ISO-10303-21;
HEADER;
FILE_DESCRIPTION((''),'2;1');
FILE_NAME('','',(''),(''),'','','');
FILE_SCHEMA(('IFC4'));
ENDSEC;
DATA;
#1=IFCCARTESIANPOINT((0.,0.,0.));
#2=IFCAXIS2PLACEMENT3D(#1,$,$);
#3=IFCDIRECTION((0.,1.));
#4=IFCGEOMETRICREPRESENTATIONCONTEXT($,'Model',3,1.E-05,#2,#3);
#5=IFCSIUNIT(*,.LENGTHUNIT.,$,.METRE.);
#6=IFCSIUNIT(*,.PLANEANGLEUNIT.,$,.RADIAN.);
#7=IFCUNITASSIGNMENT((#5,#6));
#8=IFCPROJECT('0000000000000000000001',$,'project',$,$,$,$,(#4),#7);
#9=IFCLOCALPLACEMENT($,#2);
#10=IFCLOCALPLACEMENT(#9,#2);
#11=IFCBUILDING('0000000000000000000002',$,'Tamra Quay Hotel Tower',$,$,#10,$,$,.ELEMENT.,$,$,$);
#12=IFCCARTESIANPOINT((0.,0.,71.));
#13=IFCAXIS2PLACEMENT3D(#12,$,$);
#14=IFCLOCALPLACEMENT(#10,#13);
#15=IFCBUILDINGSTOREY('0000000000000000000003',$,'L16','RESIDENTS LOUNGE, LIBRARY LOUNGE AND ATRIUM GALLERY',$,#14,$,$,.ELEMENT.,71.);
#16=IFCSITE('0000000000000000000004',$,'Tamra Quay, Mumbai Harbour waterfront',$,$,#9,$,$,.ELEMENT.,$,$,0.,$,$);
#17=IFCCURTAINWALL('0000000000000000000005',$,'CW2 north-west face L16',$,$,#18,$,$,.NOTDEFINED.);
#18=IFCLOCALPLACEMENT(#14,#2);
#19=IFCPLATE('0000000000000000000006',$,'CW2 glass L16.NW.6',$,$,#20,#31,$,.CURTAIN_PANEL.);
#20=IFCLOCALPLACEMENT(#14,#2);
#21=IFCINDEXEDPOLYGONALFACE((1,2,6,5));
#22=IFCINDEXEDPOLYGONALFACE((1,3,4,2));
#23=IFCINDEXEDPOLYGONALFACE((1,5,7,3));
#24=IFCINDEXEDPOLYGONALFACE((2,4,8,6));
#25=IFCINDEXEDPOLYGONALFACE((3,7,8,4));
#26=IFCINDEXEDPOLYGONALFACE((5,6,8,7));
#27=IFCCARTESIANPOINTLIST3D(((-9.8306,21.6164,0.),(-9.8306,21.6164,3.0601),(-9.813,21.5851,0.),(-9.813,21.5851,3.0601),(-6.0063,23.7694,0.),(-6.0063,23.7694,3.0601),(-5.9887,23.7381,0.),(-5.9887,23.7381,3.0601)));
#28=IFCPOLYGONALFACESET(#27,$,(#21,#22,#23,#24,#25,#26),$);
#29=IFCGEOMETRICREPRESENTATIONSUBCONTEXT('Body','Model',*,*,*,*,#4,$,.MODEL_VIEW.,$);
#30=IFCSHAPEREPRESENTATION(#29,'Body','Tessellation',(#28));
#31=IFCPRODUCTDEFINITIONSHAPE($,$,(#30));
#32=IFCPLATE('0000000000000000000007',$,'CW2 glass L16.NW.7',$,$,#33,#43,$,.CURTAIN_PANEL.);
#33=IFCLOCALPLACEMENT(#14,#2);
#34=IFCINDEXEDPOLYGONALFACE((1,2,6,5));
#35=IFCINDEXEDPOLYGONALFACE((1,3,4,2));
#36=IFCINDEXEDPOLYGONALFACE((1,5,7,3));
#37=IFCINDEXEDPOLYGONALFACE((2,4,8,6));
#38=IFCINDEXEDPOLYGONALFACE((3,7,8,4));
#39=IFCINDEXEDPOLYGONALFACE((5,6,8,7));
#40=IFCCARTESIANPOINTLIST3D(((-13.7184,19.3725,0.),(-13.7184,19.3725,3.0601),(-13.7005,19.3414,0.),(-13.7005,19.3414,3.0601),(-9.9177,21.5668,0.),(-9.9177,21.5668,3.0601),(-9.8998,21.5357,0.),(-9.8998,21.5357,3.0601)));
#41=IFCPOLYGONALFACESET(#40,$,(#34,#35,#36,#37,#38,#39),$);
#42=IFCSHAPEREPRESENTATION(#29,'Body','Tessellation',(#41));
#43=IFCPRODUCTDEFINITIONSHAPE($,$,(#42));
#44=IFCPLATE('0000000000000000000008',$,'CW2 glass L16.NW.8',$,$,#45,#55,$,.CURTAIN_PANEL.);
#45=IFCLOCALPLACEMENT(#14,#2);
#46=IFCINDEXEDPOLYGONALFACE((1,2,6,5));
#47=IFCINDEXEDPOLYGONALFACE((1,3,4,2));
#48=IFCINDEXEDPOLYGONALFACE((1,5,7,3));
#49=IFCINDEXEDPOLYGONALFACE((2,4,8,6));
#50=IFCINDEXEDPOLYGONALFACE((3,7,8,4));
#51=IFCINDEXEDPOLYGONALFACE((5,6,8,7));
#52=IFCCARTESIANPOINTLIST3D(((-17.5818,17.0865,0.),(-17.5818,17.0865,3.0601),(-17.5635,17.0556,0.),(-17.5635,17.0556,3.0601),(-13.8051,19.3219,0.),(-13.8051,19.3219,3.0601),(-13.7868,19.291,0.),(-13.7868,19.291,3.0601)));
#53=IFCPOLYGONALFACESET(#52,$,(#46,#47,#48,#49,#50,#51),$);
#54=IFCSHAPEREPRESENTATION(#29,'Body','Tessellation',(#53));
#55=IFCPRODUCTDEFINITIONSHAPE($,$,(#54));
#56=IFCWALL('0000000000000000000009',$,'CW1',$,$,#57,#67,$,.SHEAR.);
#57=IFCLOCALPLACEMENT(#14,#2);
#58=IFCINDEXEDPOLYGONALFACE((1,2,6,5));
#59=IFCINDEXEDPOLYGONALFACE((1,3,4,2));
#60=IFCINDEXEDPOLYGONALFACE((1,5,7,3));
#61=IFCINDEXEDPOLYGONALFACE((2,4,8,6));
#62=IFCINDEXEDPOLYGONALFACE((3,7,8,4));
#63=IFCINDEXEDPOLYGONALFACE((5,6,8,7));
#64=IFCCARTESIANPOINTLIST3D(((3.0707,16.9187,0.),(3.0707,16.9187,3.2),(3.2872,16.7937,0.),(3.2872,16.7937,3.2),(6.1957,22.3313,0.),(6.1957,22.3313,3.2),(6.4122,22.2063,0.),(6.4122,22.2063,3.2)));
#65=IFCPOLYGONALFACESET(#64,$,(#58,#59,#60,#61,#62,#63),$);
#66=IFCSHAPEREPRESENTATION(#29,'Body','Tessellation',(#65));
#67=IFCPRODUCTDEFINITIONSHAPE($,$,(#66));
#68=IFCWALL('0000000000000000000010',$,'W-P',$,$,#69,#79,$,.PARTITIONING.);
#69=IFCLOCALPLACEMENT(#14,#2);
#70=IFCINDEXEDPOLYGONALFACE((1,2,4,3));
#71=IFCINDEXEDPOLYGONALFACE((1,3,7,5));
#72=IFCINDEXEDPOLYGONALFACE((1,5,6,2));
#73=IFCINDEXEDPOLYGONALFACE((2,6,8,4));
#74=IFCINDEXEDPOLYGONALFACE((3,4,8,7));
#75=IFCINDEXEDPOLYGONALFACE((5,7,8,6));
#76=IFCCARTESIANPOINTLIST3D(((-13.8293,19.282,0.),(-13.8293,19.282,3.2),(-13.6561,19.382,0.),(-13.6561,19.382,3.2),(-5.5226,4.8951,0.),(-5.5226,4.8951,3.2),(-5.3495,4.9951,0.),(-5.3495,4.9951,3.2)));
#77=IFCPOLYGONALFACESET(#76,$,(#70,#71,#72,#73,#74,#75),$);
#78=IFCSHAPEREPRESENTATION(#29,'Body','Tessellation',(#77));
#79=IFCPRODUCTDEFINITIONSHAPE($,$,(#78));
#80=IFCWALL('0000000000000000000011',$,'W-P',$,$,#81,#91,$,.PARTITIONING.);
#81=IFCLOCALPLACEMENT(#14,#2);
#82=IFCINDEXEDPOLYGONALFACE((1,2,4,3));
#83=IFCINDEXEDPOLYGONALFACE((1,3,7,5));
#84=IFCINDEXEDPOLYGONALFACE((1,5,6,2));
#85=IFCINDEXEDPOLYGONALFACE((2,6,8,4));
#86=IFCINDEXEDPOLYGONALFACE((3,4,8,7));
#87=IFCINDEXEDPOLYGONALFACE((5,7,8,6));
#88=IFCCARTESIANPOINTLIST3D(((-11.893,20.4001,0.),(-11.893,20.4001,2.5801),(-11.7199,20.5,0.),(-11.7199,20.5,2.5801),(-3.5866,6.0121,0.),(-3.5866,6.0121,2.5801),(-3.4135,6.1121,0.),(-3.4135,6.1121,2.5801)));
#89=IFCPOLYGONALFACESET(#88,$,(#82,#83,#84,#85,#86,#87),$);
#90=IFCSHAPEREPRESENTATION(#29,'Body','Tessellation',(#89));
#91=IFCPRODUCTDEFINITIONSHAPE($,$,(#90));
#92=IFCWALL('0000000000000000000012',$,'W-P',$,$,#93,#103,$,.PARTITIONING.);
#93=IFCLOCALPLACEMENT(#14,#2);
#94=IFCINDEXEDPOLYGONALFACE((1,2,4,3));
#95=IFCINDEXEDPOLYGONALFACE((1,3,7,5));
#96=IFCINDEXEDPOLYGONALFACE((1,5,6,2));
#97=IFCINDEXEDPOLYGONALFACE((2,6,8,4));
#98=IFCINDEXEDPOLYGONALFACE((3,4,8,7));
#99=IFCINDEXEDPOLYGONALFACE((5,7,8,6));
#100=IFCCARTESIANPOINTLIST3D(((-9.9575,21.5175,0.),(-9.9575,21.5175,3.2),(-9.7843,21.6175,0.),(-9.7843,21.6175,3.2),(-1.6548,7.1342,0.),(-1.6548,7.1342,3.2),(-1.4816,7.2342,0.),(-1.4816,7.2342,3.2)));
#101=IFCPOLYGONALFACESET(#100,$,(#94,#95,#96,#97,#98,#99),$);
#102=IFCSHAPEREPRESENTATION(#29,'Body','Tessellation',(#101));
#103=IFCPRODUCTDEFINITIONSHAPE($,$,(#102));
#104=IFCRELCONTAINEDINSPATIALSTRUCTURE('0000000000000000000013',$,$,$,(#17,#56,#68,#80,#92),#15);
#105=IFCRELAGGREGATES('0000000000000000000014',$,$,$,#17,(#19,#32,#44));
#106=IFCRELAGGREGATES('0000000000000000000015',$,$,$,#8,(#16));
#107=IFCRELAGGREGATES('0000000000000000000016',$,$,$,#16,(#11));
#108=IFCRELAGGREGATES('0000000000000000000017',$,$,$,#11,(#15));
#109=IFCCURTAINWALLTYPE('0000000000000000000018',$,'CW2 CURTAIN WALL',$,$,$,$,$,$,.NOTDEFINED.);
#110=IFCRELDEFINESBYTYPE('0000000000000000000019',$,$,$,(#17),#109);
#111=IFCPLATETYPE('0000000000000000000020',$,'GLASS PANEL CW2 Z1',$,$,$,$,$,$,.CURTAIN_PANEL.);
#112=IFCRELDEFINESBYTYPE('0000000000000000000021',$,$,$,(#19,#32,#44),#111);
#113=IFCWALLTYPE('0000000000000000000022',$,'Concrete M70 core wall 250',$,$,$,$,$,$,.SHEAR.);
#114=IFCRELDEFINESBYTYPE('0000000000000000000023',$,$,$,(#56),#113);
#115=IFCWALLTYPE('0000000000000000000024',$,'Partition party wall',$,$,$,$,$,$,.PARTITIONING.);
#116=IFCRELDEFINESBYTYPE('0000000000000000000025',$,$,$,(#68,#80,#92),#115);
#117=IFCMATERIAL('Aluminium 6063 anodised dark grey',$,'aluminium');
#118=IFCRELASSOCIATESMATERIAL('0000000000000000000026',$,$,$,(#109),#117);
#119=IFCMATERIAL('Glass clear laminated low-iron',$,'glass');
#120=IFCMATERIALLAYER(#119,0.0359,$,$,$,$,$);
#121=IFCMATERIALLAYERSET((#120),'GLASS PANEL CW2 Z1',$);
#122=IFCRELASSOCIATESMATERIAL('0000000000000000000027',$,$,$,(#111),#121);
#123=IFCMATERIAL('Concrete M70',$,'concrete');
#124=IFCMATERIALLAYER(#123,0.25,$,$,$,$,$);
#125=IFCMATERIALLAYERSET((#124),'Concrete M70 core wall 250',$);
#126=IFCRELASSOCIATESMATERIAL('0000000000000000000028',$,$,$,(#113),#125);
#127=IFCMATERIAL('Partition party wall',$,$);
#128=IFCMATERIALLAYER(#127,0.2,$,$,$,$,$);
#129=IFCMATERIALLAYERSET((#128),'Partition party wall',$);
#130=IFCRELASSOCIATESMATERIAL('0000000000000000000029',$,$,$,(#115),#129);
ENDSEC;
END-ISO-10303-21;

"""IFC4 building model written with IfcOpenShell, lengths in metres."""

from ifc_helpers import new_model, si_unit, direction, frame, frame_2d, origin, origin_2d, place, context, subcontext, project, spatial, rectangle, extrude, material, layer, layer_set, type_object, element, aggregate, save


model = new_model("IFC4")

# Units and contexts
model_context = context("Model", 3, precision=1e-05, world=origin(), true_north=direction((0.0, 1.0)))
body_context = subcontext(model_context, "Body", "Model", "MODEL_VIEW")
ifc_project = project(units=[si_unit("LENGTHUNIT", "METRE"), si_unit("PLANEANGLEUNIT", "RADIAN")], contexts=[model_context])

# Site, building, storey
site_placement = place(None, origin())
site = spatial("IfcSite", under=ifc_project, at=site_placement, Name="Tamra Quay, Mumbai Harbour waterfront", CompositionType="ELEMENT", RefElevation=0.0)
building_placement = place(site_placement, origin())
building = spatial("IfcBuilding", under=site, at=building_placement, Name="Tamra Quay Hotel Tower", CompositionType="ELEMENT")
storey_placement = place(building_placement, frame((0.0, 0.0, 71.0)))
storey = spatial("IfcBuildingStorey", under=building, at=storey_placement, Name="L16", Description="RESIDENTS LOUNGE, LIBRARY LOUNGE AND ATRIUM GALLERY", CompositionType="ELEMENT", Elevation=71.0)

# Shared definitions
ifc_material_1 = material(Name="Concrete M70", Category="concrete")

# Curtain wall, plates
ifc_material_2 = material(Name="Aluminium 6063 anodised dark grey", Category="aluminium")
curtain_wall_type = type_object("IfcCurtainWallType", Name="CW2 CURTAIN WALL", PredefinedType="NOTDEFINED", material=ifc_material_2)
curtain_wall_placement = place(storey_placement, origin())
curtain_wall = element("IfcCurtainWall", 1, at=curtain_wall_placement, inside=storey, type_object=curtain_wall_type, Name="CW2 north-west face L16", PredefinedType="NOTDEFINED")
ifc_material_3 = material(Name="Glass clear laminated low-iron", Category="glass")
ifc_layer_1 = layer(ifc_material_3, 0.0359)
ifc_layer_set_1 = layer_set([ifc_layer_1], Name="GLASS PANEL CW2 Z1")
plate_type = type_object("IfcPlateType", Name="GLASS PANEL CW2 Z1", PredefinedType="CURTAIN_PANEL", material=ifc_layer_set_1)
plate_1_placement = place(storey_placement, frame((-7.9097, 22.6772, 0.0), z_axis=(0.0, 0.0, 1.0), x_axis=(-0.871393, -0.490586, 0.0)))
plate_1 = element("IfcPlate", 2, at=plate_1_placement, type_object=plate_type, Name="CW2 glass L16.NW.6", PredefinedType="CURTAIN_PANEL", context=body_context, shape_type="SweptSolid", body=[
    extrude(rectangle(XDim=4.3887, YDim=0.0359, at=origin_2d()), origin(), (0.0, 0.0, 1.0), 3.0601),
])
plate_2_placement = place(storey_placement, frame((-11.8091, 20.4541, 0.0), z_axis=(0.0, 0.0, 1.0), x_axis=(-0.866025, -0.5, 0.0)))
plate_2 = element("IfcPlate", 3, at=plate_2_placement, type_object=plate_type, Name="CW2 glass L16.NW.7", PredefinedType="CURTAIN_PANEL", context=body_context, shape_type="SweptSolid", body=[
    extrude(rectangle(XDim=4.3887, YDim=0.0359, at=origin_2d()), origin(), (0.0, 0.0, 1.0), 3.0601),
])
plate_3_placement = place(storey_placement, frame((-15.6843, 18.1887, 0.0), z_axis=(0.0, 0.0, 1.0), x_axis=(-0.860556, -0.509355, 0.0)))
plate_3 = element("IfcPlate", 4, at=plate_3_placement, type_object=plate_type, Name="CW2 glass L16.NW.8", PredefinedType="CURTAIN_PANEL", context=body_context, shape_type="SweptSolid", body=[
    extrude(rectangle(XDim=4.3887, YDim=0.0359, at=origin_2d()), origin(), (0.0, 0.0, 1.0), 3.0601),
])
aggregate(curtain_wall, [plate_1, plate_2, plate_3])

# Walls
ifc_layer_2 = layer(ifc_material_1, 0.25)
ifc_layer_set_2 = layer_set([ifc_layer_2], Name="Concrete M70 core wall 250")
wall_type_1 = type_object("IfcWallType", Name="Concrete M70 core wall 250", PredefinedType="SHEAR", material=ifc_layer_set_2)
wall_1_placement = place(storey_placement, frame((3.179, 16.8562, 0.0), z_axis=(0.0, 0.0, 1.0), x_axis=(0.500004, 0.866023, 0.0)))
element("IfcWall", 5, at=wall_1_placement, inside=storey, type_object=wall_type_1, Name="CW1", PredefinedType="SHEAR", context=body_context, shape_type="SweptSolid", body=[
    extrude(rectangle(XDim=6.25, YDim=0.25, at=frame_2d((3.125, 0.0))), origin(), (0.0, 0.0, 1.0), 3.2),
])
ifc_material_4 = material(Name="Partition party wall")
ifc_layer_3 = layer(ifc_material_4, 0.2)
ifc_layer_set_3 = layer_set([ifc_layer_3], Name="Partition party wall")
wall_type_2 = type_object("IfcWallType", Name="Partition party wall", PredefinedType="PARTITIONING", material=ifc_layer_set_3)
wall_2_placement = place(storey_placement, frame((-13.7427, 19.332, 0.0), z_axis=(0.0, 0.0, 1.0), x_axis=(0.500015, -0.866017, 0.0)))
element("IfcWall", 6, at=wall_2_placement, inside=storey, type_object=wall_type_2, Name="W-P", PredefinedType="PARTITIONING", context=body_context, shape_type="SweptSolid", body=[
    extrude(rectangle(XDim=16.6128, YDim=0.2, at=frame_2d((8.3064, 0.0))), origin(), (0.0, 0.0, 1.0), 3.2),
])
wall_3_placement = place(storey_placement, frame((-11.8064, 20.45, 0.0), z_axis=(0.0, 0.0, 1.0), x_axis=(0.499978, -0.866038, 0.0)))
element("IfcWall", 7, at=wall_3_placement, inside=storey, type_object=wall_type_2, Name="W-P", PredefinedType="PARTITIONING", context=body_context, shape_type="SweptSolid", body=[
    extrude(rectangle(XDim=16.6135, YDim=0.2, at=frame_2d((8.3066, 0.0))), origin(), (0.0, 0.0, 1.0), 2.5801),
])
wall_4_placement = place(storey_placement, frame((-9.8708, 21.5674, 0.0), z_axis=(0.0, 0.0, 1.0), x_axis=(0.499934, -0.866064, 0.0)))
element("IfcWall", 8, at=wall_4_placement, inside=storey, type_object=wall_type_2, Name="W-P", PredefinedType="PARTITIONING", context=body_context, shape_type="SweptSolid", body=[
    extrude(rectangle(XDim=16.6077, YDim=0.2, at=frame_2d((8.3037, 0.0))), origin(), (0.0, 0.0, 1.0), 3.2),
])

save(model, "model.ifc")
